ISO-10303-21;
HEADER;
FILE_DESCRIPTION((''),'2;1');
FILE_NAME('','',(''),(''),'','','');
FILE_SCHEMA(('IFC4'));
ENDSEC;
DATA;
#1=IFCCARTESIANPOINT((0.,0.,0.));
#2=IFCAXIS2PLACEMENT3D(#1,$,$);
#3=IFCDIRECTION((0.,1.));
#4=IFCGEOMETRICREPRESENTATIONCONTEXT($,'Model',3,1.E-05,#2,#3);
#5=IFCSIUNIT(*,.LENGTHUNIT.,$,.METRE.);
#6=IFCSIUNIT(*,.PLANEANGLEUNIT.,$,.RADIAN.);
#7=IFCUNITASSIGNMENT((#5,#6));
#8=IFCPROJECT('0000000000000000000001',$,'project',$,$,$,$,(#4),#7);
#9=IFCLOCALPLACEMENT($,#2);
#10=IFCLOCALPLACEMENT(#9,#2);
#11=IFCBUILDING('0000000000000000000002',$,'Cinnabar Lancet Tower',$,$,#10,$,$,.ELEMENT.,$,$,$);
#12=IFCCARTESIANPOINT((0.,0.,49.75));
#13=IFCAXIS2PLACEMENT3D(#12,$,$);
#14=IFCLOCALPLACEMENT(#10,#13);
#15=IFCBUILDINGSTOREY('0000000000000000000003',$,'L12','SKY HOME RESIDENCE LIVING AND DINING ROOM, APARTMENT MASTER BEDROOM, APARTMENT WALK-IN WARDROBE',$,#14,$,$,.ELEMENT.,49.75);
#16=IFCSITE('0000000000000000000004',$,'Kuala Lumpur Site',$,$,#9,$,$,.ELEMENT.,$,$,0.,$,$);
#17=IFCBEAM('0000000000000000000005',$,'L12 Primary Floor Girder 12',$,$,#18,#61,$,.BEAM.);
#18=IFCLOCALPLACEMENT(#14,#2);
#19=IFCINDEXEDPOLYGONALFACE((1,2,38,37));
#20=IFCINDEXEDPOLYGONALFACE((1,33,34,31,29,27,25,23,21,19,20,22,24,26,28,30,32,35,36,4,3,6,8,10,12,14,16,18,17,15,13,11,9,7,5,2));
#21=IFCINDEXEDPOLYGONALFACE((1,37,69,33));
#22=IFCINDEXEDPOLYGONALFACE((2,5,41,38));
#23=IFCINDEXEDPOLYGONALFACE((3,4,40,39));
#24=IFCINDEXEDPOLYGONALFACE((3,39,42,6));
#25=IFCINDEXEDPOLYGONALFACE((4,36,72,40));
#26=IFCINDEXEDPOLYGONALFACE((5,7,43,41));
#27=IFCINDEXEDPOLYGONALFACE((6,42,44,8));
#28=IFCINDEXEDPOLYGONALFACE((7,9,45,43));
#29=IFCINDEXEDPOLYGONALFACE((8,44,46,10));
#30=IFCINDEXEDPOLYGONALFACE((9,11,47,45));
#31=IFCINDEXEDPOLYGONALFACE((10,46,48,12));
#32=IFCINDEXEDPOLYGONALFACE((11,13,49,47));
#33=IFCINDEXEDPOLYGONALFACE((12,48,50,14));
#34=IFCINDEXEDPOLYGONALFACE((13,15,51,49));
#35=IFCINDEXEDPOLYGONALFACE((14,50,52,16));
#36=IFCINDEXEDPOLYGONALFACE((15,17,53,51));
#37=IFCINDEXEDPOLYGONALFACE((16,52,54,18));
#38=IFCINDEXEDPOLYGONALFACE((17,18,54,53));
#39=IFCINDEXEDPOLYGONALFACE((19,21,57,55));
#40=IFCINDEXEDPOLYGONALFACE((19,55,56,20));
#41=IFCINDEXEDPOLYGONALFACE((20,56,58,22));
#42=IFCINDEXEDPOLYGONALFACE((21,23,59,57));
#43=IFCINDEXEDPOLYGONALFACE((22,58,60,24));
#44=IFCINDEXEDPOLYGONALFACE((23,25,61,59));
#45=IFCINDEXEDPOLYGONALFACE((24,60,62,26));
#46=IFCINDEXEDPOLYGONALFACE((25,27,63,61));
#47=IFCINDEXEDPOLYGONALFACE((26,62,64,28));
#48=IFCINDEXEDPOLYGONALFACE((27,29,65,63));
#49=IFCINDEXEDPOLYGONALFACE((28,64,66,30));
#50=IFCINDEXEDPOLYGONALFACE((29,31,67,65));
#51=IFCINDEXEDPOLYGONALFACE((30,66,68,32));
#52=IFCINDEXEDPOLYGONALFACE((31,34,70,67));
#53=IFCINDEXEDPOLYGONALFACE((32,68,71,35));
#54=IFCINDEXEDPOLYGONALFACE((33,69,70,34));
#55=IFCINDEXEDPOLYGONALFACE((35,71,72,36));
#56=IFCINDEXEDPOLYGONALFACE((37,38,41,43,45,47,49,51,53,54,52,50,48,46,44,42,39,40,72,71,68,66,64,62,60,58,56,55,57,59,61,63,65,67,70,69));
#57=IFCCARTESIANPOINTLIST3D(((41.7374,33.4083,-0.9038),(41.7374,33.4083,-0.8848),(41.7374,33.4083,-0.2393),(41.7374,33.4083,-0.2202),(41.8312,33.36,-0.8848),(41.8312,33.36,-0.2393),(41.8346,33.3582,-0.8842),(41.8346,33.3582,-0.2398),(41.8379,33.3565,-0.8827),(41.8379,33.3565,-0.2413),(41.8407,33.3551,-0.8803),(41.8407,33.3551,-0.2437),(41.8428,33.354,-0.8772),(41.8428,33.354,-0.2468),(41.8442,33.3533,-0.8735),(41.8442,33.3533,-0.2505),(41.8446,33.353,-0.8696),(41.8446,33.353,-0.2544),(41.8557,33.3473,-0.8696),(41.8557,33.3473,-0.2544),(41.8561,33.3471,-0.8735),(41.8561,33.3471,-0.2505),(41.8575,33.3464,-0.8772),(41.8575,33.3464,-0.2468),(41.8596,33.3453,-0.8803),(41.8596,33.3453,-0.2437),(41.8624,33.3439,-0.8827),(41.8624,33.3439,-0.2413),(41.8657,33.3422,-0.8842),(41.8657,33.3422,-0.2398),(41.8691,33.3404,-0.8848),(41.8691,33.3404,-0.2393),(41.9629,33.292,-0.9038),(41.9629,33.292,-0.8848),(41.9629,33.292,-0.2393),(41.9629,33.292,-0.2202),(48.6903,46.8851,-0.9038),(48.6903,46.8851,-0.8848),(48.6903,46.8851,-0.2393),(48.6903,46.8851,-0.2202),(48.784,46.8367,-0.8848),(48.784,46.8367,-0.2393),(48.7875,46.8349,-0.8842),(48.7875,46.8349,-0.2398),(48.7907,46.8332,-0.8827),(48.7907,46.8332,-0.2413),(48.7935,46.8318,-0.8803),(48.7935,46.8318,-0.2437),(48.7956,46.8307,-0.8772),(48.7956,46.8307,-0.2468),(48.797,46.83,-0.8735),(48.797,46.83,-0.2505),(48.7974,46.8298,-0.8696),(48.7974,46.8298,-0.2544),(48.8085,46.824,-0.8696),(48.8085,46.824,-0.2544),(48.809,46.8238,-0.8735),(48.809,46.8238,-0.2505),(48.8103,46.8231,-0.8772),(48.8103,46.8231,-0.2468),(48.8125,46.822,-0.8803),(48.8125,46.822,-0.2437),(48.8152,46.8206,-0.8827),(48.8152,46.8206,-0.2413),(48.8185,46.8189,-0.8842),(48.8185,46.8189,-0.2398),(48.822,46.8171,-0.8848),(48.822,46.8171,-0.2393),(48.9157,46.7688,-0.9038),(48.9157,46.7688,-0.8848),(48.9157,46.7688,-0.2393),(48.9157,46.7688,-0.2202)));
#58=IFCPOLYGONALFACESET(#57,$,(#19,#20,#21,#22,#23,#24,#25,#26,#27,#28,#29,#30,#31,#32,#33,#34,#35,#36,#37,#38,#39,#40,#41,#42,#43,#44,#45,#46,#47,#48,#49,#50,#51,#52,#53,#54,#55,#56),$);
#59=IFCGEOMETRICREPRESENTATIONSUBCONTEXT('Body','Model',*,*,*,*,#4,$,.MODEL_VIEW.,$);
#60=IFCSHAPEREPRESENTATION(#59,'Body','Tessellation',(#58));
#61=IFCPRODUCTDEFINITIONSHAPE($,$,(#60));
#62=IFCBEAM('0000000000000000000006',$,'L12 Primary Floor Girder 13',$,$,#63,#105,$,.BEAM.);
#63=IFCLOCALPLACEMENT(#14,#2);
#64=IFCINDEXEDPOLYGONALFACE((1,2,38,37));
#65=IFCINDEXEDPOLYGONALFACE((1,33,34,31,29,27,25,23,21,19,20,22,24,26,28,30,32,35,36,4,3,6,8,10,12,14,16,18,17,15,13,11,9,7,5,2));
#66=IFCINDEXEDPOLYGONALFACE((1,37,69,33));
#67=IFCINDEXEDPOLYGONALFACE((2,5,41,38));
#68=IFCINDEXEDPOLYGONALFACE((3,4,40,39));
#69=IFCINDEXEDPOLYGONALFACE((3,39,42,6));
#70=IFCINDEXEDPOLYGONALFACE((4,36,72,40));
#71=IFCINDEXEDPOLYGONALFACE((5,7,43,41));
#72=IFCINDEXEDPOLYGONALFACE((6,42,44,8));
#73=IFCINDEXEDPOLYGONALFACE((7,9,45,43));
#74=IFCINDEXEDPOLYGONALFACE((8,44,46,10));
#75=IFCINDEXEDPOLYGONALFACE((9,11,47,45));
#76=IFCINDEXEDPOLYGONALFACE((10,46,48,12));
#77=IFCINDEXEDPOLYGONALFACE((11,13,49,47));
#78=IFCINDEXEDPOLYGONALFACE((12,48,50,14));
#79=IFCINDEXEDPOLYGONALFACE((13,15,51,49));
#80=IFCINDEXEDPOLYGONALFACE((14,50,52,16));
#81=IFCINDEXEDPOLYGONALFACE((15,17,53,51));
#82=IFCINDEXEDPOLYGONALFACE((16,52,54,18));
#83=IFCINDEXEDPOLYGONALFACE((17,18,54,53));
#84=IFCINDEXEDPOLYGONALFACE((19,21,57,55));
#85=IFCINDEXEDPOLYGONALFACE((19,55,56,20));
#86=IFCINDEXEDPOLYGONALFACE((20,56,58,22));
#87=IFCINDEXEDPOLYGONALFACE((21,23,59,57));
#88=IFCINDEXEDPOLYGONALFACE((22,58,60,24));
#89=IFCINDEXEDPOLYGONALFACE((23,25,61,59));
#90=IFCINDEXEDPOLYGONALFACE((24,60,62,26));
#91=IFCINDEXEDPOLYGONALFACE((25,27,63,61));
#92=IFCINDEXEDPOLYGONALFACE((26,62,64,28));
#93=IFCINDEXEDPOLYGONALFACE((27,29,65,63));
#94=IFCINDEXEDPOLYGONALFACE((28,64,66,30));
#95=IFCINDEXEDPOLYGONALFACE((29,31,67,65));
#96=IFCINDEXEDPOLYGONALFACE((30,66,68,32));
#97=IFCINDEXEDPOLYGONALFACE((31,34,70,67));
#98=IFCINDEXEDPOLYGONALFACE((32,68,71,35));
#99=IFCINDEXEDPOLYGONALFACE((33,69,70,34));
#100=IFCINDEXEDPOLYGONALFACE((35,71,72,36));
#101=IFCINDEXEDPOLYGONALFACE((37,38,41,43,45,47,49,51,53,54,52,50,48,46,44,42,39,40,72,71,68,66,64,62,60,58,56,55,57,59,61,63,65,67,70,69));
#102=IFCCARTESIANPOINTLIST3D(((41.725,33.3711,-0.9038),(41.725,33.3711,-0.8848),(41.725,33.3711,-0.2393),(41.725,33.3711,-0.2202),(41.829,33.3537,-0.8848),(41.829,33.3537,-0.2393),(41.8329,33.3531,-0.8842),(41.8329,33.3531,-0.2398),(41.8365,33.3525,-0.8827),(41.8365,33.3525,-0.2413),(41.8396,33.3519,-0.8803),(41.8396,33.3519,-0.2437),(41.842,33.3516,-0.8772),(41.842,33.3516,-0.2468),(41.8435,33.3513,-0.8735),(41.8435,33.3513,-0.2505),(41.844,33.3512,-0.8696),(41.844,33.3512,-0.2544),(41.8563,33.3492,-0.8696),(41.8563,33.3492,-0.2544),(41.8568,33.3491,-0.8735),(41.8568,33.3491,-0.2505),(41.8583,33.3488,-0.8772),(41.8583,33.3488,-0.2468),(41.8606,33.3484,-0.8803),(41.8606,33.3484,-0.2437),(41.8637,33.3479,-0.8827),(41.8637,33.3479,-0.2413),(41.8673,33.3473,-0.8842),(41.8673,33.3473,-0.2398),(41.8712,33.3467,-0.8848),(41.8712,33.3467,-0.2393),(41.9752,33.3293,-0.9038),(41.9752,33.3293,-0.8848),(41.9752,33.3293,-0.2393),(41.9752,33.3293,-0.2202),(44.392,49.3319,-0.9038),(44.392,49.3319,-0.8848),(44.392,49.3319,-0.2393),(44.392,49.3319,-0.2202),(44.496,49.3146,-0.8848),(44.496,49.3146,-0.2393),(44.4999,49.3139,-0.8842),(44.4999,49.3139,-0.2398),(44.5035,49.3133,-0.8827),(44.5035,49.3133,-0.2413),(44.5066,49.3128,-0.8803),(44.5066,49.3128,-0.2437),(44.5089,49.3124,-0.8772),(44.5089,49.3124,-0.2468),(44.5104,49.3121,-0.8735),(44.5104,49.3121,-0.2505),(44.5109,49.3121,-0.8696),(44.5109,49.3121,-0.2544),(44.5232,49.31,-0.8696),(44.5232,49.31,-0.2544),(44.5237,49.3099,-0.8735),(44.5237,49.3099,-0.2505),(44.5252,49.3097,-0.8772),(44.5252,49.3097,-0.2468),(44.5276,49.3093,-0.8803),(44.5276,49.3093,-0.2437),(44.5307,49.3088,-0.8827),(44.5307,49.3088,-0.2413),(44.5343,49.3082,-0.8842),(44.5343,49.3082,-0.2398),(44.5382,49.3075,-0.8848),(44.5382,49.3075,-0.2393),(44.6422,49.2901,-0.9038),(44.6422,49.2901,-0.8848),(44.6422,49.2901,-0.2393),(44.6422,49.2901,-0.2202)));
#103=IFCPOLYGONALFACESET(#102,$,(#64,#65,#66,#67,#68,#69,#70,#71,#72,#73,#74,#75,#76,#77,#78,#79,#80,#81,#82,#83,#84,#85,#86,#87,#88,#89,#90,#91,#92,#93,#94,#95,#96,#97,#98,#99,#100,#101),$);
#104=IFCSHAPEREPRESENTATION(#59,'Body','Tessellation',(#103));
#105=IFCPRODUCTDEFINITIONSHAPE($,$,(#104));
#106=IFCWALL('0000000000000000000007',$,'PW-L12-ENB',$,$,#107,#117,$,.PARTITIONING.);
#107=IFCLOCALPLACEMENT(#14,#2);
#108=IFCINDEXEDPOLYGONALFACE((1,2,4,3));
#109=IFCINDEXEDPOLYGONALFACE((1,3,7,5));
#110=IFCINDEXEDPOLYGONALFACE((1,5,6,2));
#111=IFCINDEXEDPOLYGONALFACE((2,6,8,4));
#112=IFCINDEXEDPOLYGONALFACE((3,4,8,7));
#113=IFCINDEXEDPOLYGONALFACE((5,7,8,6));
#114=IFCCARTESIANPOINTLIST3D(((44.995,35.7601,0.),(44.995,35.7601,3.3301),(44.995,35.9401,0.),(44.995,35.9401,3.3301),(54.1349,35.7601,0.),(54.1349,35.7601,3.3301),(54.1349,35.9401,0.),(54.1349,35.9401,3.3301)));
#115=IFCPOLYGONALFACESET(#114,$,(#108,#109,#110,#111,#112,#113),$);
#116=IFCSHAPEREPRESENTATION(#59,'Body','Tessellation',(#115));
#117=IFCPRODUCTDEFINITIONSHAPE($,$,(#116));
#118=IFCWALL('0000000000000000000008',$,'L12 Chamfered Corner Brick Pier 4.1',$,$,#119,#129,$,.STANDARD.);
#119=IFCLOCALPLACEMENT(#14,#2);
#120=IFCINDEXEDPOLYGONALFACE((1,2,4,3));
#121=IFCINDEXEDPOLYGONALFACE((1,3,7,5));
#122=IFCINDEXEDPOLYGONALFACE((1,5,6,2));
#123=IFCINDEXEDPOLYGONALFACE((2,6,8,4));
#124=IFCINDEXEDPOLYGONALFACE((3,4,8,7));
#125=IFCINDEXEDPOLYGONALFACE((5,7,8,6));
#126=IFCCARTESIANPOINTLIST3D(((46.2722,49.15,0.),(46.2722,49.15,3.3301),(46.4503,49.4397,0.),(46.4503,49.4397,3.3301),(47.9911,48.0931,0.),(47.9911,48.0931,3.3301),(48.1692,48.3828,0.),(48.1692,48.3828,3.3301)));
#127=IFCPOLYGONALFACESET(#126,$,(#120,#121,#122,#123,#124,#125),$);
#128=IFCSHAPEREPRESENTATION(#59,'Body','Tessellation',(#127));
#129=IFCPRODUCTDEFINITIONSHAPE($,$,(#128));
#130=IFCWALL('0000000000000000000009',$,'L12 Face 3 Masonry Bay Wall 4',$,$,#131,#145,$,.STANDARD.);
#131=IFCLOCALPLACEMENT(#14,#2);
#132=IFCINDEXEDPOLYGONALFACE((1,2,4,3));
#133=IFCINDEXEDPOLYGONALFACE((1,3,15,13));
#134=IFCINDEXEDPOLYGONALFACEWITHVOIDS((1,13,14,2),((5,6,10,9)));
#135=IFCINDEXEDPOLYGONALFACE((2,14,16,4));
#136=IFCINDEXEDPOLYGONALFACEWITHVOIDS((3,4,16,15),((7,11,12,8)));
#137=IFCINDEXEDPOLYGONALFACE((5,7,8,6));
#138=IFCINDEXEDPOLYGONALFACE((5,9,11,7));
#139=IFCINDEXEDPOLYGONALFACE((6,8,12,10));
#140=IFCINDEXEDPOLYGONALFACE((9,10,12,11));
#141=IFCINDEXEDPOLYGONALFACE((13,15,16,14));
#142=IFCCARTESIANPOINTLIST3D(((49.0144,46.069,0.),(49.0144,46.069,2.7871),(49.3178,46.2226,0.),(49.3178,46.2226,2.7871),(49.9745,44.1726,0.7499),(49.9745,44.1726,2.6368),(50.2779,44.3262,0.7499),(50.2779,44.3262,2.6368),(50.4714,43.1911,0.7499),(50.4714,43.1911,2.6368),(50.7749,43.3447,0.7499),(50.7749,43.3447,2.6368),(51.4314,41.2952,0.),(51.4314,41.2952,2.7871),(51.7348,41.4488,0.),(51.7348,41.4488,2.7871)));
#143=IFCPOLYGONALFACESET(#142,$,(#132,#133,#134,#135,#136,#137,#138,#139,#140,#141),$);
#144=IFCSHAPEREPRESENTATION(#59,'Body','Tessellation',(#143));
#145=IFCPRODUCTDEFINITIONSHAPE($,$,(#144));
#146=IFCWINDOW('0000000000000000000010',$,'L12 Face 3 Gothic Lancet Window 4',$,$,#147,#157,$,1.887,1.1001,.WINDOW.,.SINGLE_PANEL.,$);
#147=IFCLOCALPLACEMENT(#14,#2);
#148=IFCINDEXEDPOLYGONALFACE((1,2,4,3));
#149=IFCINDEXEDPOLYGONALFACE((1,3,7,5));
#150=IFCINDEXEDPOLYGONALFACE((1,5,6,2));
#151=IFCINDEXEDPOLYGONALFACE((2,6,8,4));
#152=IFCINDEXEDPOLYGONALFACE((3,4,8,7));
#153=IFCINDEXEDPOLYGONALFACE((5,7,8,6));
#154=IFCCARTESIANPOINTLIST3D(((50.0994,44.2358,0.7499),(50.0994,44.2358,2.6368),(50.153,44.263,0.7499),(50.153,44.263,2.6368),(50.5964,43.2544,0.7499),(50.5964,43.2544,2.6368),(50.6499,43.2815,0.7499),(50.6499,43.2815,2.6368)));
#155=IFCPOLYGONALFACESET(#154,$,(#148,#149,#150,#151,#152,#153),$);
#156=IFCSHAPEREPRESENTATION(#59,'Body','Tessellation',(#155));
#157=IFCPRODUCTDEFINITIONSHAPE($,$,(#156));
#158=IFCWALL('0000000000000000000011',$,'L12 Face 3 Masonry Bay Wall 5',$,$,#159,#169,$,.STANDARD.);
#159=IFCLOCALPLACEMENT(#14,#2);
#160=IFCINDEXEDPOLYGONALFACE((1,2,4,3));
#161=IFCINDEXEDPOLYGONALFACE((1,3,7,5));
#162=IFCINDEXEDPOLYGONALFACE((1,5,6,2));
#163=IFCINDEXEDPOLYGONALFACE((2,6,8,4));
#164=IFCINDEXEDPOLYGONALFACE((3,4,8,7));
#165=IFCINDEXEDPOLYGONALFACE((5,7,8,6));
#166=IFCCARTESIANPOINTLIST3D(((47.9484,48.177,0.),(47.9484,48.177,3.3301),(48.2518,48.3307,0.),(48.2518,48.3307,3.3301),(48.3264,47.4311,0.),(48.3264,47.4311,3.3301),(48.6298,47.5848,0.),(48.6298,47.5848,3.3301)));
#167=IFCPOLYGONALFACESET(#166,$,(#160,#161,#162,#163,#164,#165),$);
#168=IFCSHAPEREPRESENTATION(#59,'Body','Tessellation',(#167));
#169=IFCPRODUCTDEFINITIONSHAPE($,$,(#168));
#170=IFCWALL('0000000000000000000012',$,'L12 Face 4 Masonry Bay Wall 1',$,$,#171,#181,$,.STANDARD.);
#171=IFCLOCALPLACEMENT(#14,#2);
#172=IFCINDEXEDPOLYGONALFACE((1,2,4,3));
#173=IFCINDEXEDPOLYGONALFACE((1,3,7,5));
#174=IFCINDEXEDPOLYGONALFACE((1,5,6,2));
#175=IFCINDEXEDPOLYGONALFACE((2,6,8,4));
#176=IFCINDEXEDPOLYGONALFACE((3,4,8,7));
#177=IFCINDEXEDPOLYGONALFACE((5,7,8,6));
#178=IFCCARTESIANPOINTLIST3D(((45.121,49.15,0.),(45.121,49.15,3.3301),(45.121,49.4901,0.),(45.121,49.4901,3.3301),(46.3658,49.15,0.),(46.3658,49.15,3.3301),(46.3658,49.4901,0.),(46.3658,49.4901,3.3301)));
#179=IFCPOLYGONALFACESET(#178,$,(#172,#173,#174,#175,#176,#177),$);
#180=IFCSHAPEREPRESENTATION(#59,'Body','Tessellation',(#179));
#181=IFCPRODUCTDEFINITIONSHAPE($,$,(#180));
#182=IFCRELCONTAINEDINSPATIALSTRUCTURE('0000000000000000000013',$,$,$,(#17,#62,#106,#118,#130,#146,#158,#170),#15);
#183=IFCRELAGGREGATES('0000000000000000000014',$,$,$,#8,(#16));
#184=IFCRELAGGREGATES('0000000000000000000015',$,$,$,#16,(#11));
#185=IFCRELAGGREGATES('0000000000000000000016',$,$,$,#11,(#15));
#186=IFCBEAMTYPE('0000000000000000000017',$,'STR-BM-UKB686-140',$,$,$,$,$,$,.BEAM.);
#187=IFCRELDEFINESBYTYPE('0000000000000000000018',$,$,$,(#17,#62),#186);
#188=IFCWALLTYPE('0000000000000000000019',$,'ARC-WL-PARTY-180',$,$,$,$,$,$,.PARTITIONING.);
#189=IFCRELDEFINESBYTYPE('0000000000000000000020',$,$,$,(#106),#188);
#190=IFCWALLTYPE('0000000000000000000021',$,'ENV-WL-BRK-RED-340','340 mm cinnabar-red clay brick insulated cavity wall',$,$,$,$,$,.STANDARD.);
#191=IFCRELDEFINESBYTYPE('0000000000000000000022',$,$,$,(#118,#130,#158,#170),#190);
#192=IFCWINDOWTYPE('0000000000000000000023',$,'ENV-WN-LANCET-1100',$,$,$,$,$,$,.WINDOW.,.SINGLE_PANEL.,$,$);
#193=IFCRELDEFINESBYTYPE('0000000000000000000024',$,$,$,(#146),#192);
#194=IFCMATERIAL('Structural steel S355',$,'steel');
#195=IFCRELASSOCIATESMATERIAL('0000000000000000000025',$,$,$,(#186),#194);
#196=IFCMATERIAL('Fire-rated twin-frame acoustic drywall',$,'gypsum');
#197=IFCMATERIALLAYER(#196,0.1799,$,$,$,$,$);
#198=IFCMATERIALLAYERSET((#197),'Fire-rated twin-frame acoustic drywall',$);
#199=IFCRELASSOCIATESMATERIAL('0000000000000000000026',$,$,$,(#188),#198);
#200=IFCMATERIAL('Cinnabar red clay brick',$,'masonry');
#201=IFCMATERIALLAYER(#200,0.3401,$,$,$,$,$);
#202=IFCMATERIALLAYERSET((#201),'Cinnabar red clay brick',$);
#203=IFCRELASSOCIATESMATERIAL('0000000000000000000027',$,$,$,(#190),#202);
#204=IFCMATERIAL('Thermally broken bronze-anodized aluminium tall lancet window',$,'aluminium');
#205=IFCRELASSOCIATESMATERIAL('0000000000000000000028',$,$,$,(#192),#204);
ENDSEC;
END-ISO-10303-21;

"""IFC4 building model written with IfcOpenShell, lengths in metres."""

from ifc_helpers import new_model, si_unit, direction, frame, frame_2d, origin, origin_2d, place, context, subcontext, project, spatial, rectangle, i_section, extrude, material, layer, layer_set, material_profile, profile_set, type_object, element, fill, save


model = new_model("IFC4")

# Units and contexts
model_context = context("Model", 3, precision=1e-05, world=origin(), true_north=direction((0.0, 1.0)))
body_context = subcontext(model_context, "Body", "Model", "MODEL_VIEW")
ifc_project = project(units=[si_unit("LENGTHUNIT", "METRE"), si_unit("PLANEANGLEUNIT", "RADIAN")], contexts=[model_context])

# Site, building, storey
site_placement = place(None, origin())
site = spatial("IfcSite", under=ifc_project, at=site_placement, Name="Kuala Lumpur Site", CompositionType="ELEMENT", RefElevation=0.0)
building_placement = place(site_placement, origin())
building = spatial("IfcBuilding", under=site, at=building_placement, Name="Cinnabar Lancet Tower", CompositionType="ELEMENT")
storey_placement = place(building_placement, frame((0.0, 0.0, 49.75)))
storey = spatial("IfcBuildingStorey", under=building, at=storey_placement, Name="L12", Description="SKY HOME RESIDENCE LIVING AND DINING ROOM, APARTMENT MASTER BEDROOM, APARTMENT WALK-IN WARDROBE", CompositionType="ELEMENT", Elevation=49.75)

# Beams
ifc_material_1 = material(Name="Structural steel S355", Category="steel")
ifc_material_profile_1 = material_profile(ifc_material_1, i_section(OverallWidth=0.2537, OverallDepth=0.6836, WebThickness=0.0125, FlangeThickness=0.019, FilletRadius=0.0151, at=origin_2d()), Name="UKB 686x254x140")
ifc_profile_set_1 = profile_set([ifc_material_profile_1], Name="Structural steel S355")
beam_type_1 = type_object("IfcBeamType", Name="STR-BM-UKB686-140", PredefinedType="BEAM", material=ifc_profile_set_1)
beam_1_placement = place(storey_placement, frame((48.803, 46.8269, -0.562), z_axis=(-0.458492, -0.888698, 0.0), x_axis=(0.888698, -0.458492, 0.0)))
element("IfcBeam", 1, at=beam_1_placement, inside=storey, type_object=beam_type_1, Name="L12 Primary Floor Girder 12", PredefinedType="BEAM", context=body_context, shape_type="SweptSolid", body=[
    extrude(i_section(OverallWidth=0.2537, OverallDepth=0.6836, WebThickness=0.0125, FlangeThickness=0.019, FilletRadius=0.0151, at=origin_2d()), origin(), (0.0, 0.0, 1.0), 15.1646),
])
beam_2_placement = place(storey_placement, frame((44.5171, 49.311, -0.562), z_axis=(-0.16481, -0.986325, 0.0), x_axis=(0.986325, -0.16481, 0.0)))
element("IfcBeam", 2, at=beam_2_placement, inside=storey, type_object=beam_type_1, Name="L12 Primary Floor Girder 13", PredefinedType="BEAM", context=body_context, shape_type="SweptSolid", body=[
    extrude(i_section(OverallWidth=0.2537, OverallDepth=0.6836, WebThickness=0.0125, FlangeThickness=0.019, FilletRadius=0.0151, at=origin_2d()), origin(), (0.0, 0.0, 1.0), 16.1821),
])

# Walls
ifc_material_2 = material(Name="Fire-rated twin-frame acoustic drywall", Category="gypsum")
ifc_layer_1 = layer(ifc_material_2, 0.1799)
ifc_layer_set_1 = layer_set([ifc_layer_1], Name="Fire-rated twin-frame acoustic drywall")
wall_type_1 = type_object("IfcWallType", Name="ARC-WL-PARTY-180", PredefinedType="PARTITIONING", material=ifc_layer_set_1)
wall_1_placement = place(storey_placement, frame((44.9951, 35.8501, 0.0), z_axis=(0.0, 0.0, 1.0), x_axis=(1.0, 0.0, 0.0)))
element("IfcWall", 3, at=wall_1_placement, inside=storey, type_object=wall_type_1, Name="PW-L12-ENB", PredefinedType="PARTITIONING", context=body_context, shape_type="SweptSolid", body=[
    extrude(rectangle(XDim=9.1399, YDim=0.1799, at=frame_2d((4.5698, 0.0))), origin(), (0.0, 0.0, 1.0), 3.3301),
])
ifc_material_3 = material(Name="Cinnabar red clay brick", Category="masonry")
ifc_layer_2 = layer(ifc_material_3, 0.3401)
ifc_layer_set_2 = layer_set([ifc_layer_2], Name="Cinnabar red clay brick")
wall_type_2 = type_object("IfcWallType", Name="ENV-WL-BRK-RED-340", Description="340 mm cinnabar-red clay brick insulated cavity wall", PredefinedType="STANDARD", material=ifc_layer_set_2)
wall_2_placement = place(storey_placement, frame((48.0801, 48.238, 0.0), z_axis=(0.0, 0.0, 1.0), x_axis=(-0.85187, 0.523753, 0.0)))
element("IfcWall", 4, at=wall_2_placement, inside=storey, type_object=wall_type_2, Name="L12 Chamfered Corner Brick Pier 4.1", PredefinedType="STANDARD", context=body_context, shape_type="SweptSolid", body=[
    extrude(rectangle(XDim=2.0178, YDim=0.3401, at=frame_2d((1.0088, 0.0))), origin(), (0.0, 0.0, 1.0), 3.3301),
])

# Wall, opening, window
wall_3_placement = place(storey_placement, frame((51.583, 41.3721, 0.0), z_axis=(0.0, 0.0, 1.0), x_axis=(-0.451698, 0.892171, 0.0)))
wall_3 = element("IfcWall", 5, at=wall_3_placement, inside=storey, type_object=wall_type_2, Name="L12 Face 3 Masonry Bay Wall 4", PredefinedType="STANDARD", context=body_context, shape_type="SweptSolid", body=[
    extrude(rectangle(XDim=5.3508, YDim=0.3401, at=frame_2d((2.6753, 0.0))), origin(), (0.0, 0.0, 1.0), 2.7871),
])
opening_placement = place(wall_3_placement, frame((2.125, 0.0, 0.75)))
opening = element("IfcOpeningElement", 6, at=opening_placement, cuts=wall_3, PredefinedType="OPENING", context=body_context, shape_type="SweptSolid", body=[
    extrude(rectangle(XDim=1.1001, YDim=1.887, at=frame_2d((0.55, 0.9434))), frame((0.0, 0.1799, 0.0), z_axis=(0.0, -1.0, 0.0), x_axis=(1.0, 0.0, 0.0)), (0.0, 0.0, 1.0), 0.3601),
])
ifc_material_4 = material(Name="Thermally broken bronze-anodized aluminium tall lancet window", Category="aluminium")
window_type = type_object("IfcWindowType", Name="ENV-WN-LANCET-1100", PartitioningType="SINGLE_PANEL", PredefinedType="WINDOW", material=ifc_material_4)
window_placement = place(opening_placement, origin())
window = element("IfcWindow", 7, at=window_placement, inside=storey, type_object=window_type, Name="L12 Face 3 Gothic Lancet Window 4", OverallHeight=1.887, OverallWidth=1.1001, PartitioningType="SINGLE_PANEL", PredefinedType="WINDOW", context=body_context, shape_type="SweptSolid", body=[
    extrude(rectangle(XDim=1.1001, YDim=1.887, at=frame_2d((0.55, 0.9434))), frame((0.0, 0.03, 0.0), z_axis=(0.0, -1.0, 0.0), x_axis=(1.0, 0.0, 0.0)), (0.0, 0.0, 1.0), 0.0601),
])
fill(opening, window)

# Walls
wall_4_placement = place(storey_placement, frame((48.478, 47.5081, 0.0), z_axis=(0.0, 0.0, 1.0), x_axis=(-0.451996, 0.89202, 0.0)))
element("IfcWall", 8, at=wall_4_placement, inside=storey, type_object=wall_type_2, Name="L12 Face 3 Masonry Bay Wall 5", PredefinedType="STANDARD", context=body_context, shape_type="SweptSolid", body=[
    extrude(rectangle(XDim=0.8362, YDim=0.3401, at=frame_2d((0.418, 0.0))), origin(), (0.0, 0.0, 1.0), 3.3301),
])
wall_5_placement = place(storey_placement, frame((46.366, 49.3201, 0.0), z_axis=(0.0, 0.0, 1.0), x_axis=(-1.0, 0.0, 0.0)))
element("IfcWall", 9, at=wall_5_placement, inside=storey, type_object=wall_type_2, Name="L12 Face 4 Masonry Bay Wall 1", PredefinedType="STANDARD", context=body_context, shape_type="SweptSolid", body=[
    extrude(rectangle(XDim=1.2449, YDim=0.3401, at=frame_2d((0.6226, 0.0))), origin(), (0.0, 0.0, 1.0), 3.3301),
])

save(model, "model.ifc")
